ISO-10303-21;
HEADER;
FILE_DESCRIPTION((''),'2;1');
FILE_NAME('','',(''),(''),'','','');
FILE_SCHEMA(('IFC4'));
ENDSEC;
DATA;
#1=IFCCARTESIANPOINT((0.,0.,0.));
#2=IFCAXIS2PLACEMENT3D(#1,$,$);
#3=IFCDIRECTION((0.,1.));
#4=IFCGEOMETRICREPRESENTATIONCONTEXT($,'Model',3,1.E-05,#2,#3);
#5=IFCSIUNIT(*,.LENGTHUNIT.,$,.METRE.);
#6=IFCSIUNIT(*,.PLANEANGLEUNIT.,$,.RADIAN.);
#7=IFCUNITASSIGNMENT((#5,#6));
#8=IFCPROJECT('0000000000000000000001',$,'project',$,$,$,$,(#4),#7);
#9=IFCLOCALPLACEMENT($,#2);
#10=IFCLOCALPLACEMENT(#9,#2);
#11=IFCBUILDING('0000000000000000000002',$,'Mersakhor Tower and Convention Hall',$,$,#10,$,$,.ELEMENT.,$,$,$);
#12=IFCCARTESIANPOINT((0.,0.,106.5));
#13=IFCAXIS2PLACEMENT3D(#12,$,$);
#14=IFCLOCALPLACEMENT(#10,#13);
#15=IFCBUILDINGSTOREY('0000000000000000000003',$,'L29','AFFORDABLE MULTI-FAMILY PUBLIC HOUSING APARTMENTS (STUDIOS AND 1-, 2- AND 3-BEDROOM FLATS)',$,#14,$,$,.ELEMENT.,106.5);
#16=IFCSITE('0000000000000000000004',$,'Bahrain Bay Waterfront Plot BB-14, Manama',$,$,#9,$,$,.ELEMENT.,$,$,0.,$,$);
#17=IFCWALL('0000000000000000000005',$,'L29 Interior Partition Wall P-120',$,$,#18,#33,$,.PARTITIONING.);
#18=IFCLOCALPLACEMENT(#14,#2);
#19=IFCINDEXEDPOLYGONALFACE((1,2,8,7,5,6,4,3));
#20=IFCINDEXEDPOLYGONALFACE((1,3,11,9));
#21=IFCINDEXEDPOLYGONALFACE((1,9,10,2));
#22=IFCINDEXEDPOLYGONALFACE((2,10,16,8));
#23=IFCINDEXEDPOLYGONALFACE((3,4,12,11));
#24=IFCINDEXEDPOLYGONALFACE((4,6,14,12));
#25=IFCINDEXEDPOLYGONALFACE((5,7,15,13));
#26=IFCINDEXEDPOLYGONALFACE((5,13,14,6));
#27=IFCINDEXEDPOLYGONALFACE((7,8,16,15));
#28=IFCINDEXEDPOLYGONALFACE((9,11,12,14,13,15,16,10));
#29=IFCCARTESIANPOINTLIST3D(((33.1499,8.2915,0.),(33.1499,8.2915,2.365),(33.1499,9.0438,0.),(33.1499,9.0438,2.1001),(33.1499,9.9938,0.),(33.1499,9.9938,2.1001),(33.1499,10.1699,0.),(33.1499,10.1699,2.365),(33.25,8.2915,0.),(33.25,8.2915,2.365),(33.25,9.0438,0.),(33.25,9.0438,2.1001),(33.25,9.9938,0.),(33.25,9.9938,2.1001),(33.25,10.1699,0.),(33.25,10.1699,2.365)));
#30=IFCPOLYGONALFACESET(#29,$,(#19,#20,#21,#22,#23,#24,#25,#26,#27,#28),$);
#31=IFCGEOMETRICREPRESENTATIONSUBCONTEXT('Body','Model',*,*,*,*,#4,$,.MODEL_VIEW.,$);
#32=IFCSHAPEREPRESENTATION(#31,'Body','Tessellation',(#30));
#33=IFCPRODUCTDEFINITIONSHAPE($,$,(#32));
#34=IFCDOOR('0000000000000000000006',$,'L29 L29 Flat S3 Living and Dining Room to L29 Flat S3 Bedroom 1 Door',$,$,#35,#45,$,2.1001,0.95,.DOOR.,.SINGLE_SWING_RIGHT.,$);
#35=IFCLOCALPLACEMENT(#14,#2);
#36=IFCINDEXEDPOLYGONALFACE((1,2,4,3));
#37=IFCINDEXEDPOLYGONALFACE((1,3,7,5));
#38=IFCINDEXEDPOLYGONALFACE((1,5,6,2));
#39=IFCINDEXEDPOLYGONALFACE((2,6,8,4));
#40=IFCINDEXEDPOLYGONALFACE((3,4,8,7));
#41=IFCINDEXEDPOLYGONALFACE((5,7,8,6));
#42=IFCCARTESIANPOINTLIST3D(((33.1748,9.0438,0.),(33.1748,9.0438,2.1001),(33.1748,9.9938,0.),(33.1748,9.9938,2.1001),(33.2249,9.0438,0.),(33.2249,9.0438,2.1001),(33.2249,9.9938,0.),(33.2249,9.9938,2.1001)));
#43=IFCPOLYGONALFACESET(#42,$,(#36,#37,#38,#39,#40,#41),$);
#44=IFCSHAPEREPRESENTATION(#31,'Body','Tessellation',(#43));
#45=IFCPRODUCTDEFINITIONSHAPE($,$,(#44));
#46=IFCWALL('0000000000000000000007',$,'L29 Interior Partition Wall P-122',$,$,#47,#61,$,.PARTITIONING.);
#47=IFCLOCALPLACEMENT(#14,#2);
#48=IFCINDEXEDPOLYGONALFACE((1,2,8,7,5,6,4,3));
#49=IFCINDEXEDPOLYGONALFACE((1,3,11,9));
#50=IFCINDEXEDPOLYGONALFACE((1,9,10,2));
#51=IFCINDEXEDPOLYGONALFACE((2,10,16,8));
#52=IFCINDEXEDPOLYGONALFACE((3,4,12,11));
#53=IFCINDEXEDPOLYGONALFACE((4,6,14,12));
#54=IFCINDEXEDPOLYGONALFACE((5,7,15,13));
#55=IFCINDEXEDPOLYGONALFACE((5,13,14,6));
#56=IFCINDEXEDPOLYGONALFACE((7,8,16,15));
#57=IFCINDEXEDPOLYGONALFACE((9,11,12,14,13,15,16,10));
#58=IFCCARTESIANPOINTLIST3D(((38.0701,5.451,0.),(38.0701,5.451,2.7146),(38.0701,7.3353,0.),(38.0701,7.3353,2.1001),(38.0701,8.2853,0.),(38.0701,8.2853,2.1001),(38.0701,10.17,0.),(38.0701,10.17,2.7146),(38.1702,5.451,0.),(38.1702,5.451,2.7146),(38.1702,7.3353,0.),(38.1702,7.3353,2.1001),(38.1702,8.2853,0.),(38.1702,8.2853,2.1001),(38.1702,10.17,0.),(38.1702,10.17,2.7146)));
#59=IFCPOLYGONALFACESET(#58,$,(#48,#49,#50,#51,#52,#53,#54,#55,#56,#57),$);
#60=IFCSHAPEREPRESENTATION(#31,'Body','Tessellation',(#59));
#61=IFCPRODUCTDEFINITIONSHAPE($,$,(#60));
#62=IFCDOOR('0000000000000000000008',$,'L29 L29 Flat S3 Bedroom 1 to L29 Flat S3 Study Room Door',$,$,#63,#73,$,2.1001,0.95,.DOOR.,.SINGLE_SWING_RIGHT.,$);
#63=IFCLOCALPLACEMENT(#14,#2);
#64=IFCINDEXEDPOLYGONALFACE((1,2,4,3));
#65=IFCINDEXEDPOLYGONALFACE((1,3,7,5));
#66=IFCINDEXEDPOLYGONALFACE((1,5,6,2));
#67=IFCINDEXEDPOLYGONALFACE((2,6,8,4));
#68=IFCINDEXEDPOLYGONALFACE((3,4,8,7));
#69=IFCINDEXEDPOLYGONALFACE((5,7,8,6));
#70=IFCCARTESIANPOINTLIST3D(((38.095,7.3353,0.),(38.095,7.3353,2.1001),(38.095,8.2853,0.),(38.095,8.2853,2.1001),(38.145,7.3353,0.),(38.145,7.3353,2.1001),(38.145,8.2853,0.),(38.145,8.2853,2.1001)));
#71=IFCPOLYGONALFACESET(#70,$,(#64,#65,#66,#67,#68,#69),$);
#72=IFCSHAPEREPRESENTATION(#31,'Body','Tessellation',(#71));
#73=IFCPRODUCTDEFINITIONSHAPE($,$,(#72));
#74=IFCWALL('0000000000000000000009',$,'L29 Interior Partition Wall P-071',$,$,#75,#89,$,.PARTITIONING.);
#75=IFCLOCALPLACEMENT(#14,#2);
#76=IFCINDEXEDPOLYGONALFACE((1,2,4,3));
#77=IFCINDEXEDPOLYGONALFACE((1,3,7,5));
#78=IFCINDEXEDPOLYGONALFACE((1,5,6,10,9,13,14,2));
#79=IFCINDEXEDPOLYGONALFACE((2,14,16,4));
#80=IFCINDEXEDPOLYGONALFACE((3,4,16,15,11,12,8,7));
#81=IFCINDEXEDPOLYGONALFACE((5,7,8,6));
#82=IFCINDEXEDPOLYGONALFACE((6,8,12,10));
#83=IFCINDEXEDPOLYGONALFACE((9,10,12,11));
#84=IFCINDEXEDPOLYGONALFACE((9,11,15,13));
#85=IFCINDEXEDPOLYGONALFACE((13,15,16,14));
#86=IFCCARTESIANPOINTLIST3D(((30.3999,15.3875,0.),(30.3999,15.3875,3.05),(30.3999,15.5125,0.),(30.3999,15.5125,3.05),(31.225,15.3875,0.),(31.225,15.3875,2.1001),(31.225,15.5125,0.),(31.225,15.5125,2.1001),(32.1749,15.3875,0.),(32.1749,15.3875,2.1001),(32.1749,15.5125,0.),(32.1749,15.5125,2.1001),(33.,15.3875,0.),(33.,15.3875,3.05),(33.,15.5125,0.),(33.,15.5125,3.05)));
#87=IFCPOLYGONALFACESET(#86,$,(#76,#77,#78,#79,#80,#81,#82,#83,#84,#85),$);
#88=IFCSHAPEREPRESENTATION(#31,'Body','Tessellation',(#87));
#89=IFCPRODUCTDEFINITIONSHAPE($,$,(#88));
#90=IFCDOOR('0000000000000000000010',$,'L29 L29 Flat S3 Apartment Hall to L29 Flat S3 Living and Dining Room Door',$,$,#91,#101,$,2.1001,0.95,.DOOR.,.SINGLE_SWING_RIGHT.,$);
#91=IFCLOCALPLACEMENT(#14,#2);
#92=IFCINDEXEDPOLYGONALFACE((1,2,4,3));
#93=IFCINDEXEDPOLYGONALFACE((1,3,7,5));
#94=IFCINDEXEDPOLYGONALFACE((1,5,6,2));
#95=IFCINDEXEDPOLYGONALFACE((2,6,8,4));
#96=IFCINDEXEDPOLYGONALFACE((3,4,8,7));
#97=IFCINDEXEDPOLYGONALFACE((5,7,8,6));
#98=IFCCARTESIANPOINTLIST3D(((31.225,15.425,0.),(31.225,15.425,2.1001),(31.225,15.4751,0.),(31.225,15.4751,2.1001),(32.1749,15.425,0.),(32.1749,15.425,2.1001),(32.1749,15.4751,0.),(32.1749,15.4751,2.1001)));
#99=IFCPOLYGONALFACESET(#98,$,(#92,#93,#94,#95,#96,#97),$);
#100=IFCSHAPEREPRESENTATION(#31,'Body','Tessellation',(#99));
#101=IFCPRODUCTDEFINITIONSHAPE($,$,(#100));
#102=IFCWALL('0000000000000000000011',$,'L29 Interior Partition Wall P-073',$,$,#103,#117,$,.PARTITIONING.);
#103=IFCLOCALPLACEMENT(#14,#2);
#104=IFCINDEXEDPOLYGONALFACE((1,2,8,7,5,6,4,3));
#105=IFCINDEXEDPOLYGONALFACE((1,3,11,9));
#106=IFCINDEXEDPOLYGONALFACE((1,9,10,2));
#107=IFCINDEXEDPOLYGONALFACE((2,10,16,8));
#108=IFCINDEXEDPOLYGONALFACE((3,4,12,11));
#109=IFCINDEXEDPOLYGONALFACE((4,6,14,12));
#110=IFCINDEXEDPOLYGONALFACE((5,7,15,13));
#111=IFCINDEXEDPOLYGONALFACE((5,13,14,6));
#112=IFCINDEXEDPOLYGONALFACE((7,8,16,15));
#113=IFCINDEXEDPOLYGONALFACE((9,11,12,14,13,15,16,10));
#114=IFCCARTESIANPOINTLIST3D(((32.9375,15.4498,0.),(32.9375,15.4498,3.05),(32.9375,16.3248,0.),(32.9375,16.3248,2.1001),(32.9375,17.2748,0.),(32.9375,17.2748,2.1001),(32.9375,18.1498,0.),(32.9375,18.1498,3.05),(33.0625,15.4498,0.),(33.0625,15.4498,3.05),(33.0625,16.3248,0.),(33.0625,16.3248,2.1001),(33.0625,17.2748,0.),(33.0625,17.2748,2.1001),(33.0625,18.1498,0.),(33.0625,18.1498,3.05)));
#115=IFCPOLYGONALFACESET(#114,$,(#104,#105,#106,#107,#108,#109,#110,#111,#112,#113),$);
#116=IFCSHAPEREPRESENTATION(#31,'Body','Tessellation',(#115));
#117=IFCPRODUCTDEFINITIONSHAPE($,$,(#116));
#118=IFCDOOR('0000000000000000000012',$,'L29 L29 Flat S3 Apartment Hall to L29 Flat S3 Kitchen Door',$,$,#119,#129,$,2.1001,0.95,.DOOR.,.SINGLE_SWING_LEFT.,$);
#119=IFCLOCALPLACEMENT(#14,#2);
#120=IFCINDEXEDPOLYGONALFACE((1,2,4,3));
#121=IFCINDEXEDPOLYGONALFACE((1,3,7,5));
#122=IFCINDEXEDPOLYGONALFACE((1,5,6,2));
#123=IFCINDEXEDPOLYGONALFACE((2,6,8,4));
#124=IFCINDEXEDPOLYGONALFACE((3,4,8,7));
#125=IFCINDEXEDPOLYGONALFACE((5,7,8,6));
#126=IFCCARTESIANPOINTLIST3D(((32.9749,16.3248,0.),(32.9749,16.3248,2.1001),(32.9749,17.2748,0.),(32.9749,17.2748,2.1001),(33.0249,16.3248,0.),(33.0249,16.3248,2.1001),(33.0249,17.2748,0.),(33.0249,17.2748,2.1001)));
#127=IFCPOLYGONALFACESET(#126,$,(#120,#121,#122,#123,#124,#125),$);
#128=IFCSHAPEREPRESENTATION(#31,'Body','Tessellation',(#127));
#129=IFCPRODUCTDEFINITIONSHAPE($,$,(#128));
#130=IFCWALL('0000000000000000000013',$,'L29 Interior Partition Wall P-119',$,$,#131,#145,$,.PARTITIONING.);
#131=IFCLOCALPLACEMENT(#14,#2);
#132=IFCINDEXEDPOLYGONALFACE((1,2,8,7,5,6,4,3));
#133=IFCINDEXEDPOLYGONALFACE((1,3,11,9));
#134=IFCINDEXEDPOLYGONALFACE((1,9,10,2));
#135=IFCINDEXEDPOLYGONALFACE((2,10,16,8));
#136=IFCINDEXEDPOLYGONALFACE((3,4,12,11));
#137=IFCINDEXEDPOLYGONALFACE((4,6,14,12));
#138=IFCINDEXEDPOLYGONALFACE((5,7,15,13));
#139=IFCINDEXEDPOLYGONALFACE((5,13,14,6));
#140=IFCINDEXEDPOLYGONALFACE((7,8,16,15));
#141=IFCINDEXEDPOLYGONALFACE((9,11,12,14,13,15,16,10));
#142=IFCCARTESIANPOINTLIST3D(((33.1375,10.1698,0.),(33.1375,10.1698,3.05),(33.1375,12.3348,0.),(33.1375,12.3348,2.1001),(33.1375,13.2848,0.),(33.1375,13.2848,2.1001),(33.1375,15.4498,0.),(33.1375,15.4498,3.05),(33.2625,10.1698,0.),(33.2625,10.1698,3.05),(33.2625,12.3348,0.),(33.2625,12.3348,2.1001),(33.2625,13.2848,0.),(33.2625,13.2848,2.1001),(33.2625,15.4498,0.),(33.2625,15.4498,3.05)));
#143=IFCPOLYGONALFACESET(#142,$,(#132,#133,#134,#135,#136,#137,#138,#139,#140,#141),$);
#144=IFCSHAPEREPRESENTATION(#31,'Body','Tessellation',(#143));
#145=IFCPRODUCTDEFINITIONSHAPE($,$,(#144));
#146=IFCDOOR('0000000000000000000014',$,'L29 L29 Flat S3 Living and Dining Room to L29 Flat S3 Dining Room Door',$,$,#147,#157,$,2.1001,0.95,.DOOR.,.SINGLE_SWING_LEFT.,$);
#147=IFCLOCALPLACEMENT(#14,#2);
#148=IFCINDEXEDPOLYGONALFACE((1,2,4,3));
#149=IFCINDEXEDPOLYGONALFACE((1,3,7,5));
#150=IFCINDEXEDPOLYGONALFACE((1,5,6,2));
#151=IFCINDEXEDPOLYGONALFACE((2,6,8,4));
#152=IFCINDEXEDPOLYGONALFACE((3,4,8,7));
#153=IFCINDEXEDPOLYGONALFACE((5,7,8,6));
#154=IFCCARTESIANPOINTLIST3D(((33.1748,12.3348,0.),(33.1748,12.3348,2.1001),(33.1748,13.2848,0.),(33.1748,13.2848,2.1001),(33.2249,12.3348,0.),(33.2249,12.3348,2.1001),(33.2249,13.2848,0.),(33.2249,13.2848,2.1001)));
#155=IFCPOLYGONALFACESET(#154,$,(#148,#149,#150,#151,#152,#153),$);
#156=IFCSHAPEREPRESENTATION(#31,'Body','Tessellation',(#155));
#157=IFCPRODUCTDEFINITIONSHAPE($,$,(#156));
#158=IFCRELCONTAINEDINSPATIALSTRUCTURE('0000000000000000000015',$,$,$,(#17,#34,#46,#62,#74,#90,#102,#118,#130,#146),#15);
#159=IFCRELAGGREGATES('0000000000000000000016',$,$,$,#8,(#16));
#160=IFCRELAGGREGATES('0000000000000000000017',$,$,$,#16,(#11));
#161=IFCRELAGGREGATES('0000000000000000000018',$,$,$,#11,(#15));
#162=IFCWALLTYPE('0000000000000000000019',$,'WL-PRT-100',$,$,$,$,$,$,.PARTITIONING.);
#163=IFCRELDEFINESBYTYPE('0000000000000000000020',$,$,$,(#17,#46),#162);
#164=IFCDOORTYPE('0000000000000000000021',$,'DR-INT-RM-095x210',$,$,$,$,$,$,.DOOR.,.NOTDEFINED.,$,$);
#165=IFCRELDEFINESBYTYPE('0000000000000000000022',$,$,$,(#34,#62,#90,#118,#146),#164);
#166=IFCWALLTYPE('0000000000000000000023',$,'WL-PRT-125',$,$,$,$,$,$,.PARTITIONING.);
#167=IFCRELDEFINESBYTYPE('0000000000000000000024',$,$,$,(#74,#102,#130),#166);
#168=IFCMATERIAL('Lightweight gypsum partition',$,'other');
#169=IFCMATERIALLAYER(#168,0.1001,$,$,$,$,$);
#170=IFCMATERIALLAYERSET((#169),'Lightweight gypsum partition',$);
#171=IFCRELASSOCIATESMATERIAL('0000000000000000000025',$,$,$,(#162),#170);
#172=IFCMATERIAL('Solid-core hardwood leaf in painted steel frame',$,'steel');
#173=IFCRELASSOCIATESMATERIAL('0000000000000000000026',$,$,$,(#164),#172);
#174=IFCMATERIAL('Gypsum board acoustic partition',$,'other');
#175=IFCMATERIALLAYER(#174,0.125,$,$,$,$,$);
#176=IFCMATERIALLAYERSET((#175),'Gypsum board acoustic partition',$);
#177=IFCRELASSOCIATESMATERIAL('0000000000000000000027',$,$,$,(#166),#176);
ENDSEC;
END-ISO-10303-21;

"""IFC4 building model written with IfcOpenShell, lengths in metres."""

from ifc_helpers import new_model, si_unit, direction, frame, frame_2d, origin, place, context, subcontext, project, spatial, rectangle, extrude, material, layer, layer_set, type_object, element, fill, save


model = new_model("IFC4")

# Units and contexts
model_context = context("Model", 3, precision=1e-05, world=origin(), true_north=direction((0.0, 1.0)))
body_context = subcontext(model_context, "Body", "Model", "MODEL_VIEW")
ifc_project = project(units=[si_unit("LENGTHUNIT", "METRE"), si_unit("PLANEANGLEUNIT", "RADIAN")], contexts=[model_context])

# Site, building, storey
site_placement = place(None, origin())
site = spatial("IfcSite", under=ifc_project, at=site_placement, Name="Bahrain Bay Waterfront Plot BB-14, Manama", CompositionType="ELEMENT", RefElevation=0.0)
building_placement = place(site_placement, origin())
building = spatial("IfcBuilding", under=site, at=building_placement, Name="Mersakhor Tower and Convention Hall", CompositionType="ELEMENT")
storey_placement = place(building_placement, frame((0.0, 0.0, 106.5)))
storey = spatial("IfcBuildingStorey", under=building, at=storey_placement, Name="L29", Description="AFFORDABLE MULTI-FAMILY PUBLIC HOUSING APARTMENTS (STUDIOS AND 1-, 2- AND 3-BEDROOM FLATS)", CompositionType="ELEMENT", Elevation=106.5)

# Shared definitions
ifc_material_1 = material(Name="Lightweight gypsum partition", Category="other")
ifc_layer_1 = layer(ifc_material_1, 0.1001)
ifc_layer_set_1 = layer_set([ifc_layer_1], Name="Lightweight gypsum partition")
wall_type_1 = type_object("IfcWallType", Name="WL-PRT-100", PredefinedType="PARTITIONING", material=ifc_layer_set_1)

# Walls, openings, doors
wall_1_placement = place(storey_placement, frame((33.2, 10.1699, 0.0), z_axis=(0.0, 0.0, 1.0), x_axis=(0.0, -1.0, 0.0)))
wall_1 = element("IfcWall", 1, at=wall_1_placement, inside=storey, type_object=wall_type_1, Name="L29 Interior Partition Wall P-120", PredefinedType="PARTITIONING", context=body_context, shape_type="SweptSolid", body=[
    extrude(rectangle(XDim=1.8784, YDim=0.1001, at=frame_2d((0.9392, 0.0))), origin(), (0.0, 0.0, 1.0), 2.365),
])
opening_1_placement = place(wall_1_placement, frame((0.176, 0.0, 0.0)))
opening_1 = element("IfcOpeningElement", 2, at=opening_1_placement, cuts=wall_1, PredefinedType="OPENING", context=body_context, shape_type="SweptSolid", body=[
    extrude(rectangle(XDim=0.95, YDim=2.1001, at=frame_2d((0.4751, 1.05))), frame((0.0, 0.0601, 0.0), z_axis=(0.0, -1.0, 0.0), x_axis=(1.0, 0.0, 0.0)), (0.0, 0.0, 1.0), 0.1201),
])
ifc_material_2 = material(Name="Solid-core hardwood leaf in painted steel frame", Category="steel")
door_type_1 = type_object("IfcDoorType", Name="DR-INT-RM-095x210", OperationType="NOTDEFINED", PredefinedType="DOOR", material=ifc_material_2)
door_1_placement = place(opening_1_placement, origin())
door_1 = element("IfcDoor", 3, at=door_1_placement, inside=storey, type_object=door_type_1, Name="L29 L29 Flat S3 Living and Dining Room to L29 Flat S3 Bedroom 1 Door", OperationType="SINGLE_SWING_RIGHT", OverallHeight=2.1001, OverallWidth=0.95, PredefinedType="DOOR", context=body_context, shape_type="SweptSolid", body=[
    extrude(rectangle(XDim=0.95, YDim=2.1001, at=frame_2d((0.4751, 1.05))), frame((0.0, 0.0249, 0.0), z_axis=(0.0, -1.0, 0.0), x_axis=(1.0, 0.0, 0.0)), (0.0, 0.0, 1.0), 0.05),
])
fill(opening_1, door_1)
wall_2_placement = place(storey_placement, frame((38.1201, 10.1699, 0.0), z_axis=(0.0, 0.0, 1.0), x_axis=(0.0, -1.0, 0.0)))
wall_2 = element("IfcWall", 4, at=wall_2_placement, inside=storey, type_object=wall_type_1, Name="L29 Interior Partition Wall P-122", PredefinedType="PARTITIONING", context=body_context, shape_type="SweptSolid", body=[
    extrude(rectangle(XDim=4.719, YDim=0.1001, at=frame_2d((2.3594, 0.0))), origin(), (0.0, 0.0, 1.0), 2.7146),
])
opening_2_placement = place(wall_2_placement, frame((1.8845, 0.0, 0.0)))
opening_2 = element("IfcOpeningElement", 5, at=opening_2_placement, cuts=wall_2, PredefinedType="OPENING", context=body_context, shape_type="SweptSolid", body=[
    extrude(rectangle(XDim=0.95, YDim=2.1001, at=frame_2d((0.4751, 1.05))), frame((0.0, 0.0601, 0.0), z_axis=(0.0, -1.0, 0.0), x_axis=(1.0, 0.0, 0.0)), (0.0, 0.0, 1.0), 0.1201),
])
door_2_placement = place(opening_2_placement, origin())
door_2 = element("IfcDoor", 6, at=door_2_placement, inside=storey, type_object=door_type_1, Name="L29 L29 Flat S3 Bedroom 1 to L29 Flat S3 Study Room Door", OperationType="SINGLE_SWING_RIGHT", OverallHeight=2.1001, OverallWidth=0.95, PredefinedType="DOOR", context=body_context, shape_type="SweptSolid", body=[
    extrude(rectangle(XDim=0.95, YDim=2.1001, at=frame_2d((0.4751, 1.05))), frame((0.0, 0.0249, 0.0), z_axis=(0.0, -1.0, 0.0), x_axis=(1.0, 0.0, 0.0)), (0.0, 0.0, 1.0), 0.05),
])
fill(opening_2, door_2)
ifc_material_3 = material(Name="Gypsum board acoustic partition", Category="other")
ifc_layer_2 = layer(ifc_material_3, 0.125)
ifc_layer_set_2 = layer_set([ifc_layer_2], Name="Gypsum board acoustic partition")
wall_type_2 = type_object("IfcWallType", Name="WL-PRT-125", PredefinedType="PARTITIONING", material=ifc_layer_set_2)
wall_3_placement = place(storey_placement, frame((33.0, 15.45, 0.0), z_axis=(0.0, 0.0, 1.0), x_axis=(-1.0, 0.0, 0.0)))
wall_3 = element("IfcWall", 7, at=wall_3_placement, inside=storey, type_object=wall_type_2, Name="L29 Interior Partition Wall P-071", PredefinedType="PARTITIONING", context=body_context, shape_type="SweptSolid", body=[
    extrude(rectangle(XDim=2.6001, YDim=0.125, at=frame_2d((1.3, 0.0))), origin(), (0.0, 0.0, 1.0), 3.05),
])
opening_3_placement = place(wall_3_placement, frame((0.825, 0.0, 0.0)))
opening_3 = element("IfcOpeningElement", 8, at=opening_3_placement, cuts=wall_3, PredefinedType="OPENING", context=body_context, shape_type="SweptSolid", body=[
    extrude(rectangle(XDim=0.95, YDim=2.1001, at=frame_2d((0.4751, 1.05))), frame((0.0, 0.0725, 0.0), z_axis=(0.0, -1.0, 0.0), x_axis=(1.0, 0.0, 0.0)), (0.0, 0.0, 1.0), 0.145),
])
door_3_placement = place(opening_3_placement, origin())
door_3 = element("IfcDoor", 9, at=door_3_placement, inside=storey, type_object=door_type_1, Name="L29 L29 Flat S3 Apartment Hall to L29 Flat S3 Living and Dining Room Door", OperationType="SINGLE_SWING_RIGHT", OverallHeight=2.1001, OverallWidth=0.95, PredefinedType="DOOR", context=body_context, shape_type="SweptSolid", body=[
    extrude(rectangle(XDim=0.95, YDim=2.1001, at=frame_2d((0.4751, 1.05))), frame((0.0, 0.0249, 0.0), z_axis=(0.0, -1.0, 0.0), x_axis=(1.0, 0.0, 0.0)), (0.0, 0.0, 1.0), 0.05),
])
fill(opening_3, door_3)
wall_4_placement = place(storey_placement, frame((33.0, 18.1499, 0.0), z_axis=(0.0, 0.0, 1.0), x_axis=(0.0, -1.0, 0.0)))
wall_4 = element("IfcWall", 10, at=wall_4_placement, inside=storey, type_object=wall_type_2, Name="L29 Interior Partition Wall P-073", PredefinedType="PARTITIONING", context=body_context, shape_type="SweptSolid", body=[
    extrude(rectangle(XDim=2.7, YDim=0.125, at=frame_2d((1.3501, 0.0))), origin(), (0.0, 0.0, 1.0), 3.05),
])
opening_4_placement = place(wall_4_placement, frame((0.875, 0.0, 0.0)))
opening_4 = element("IfcOpeningElement", 11, at=opening_4_placement, cuts=wall_4, PredefinedType="OPENING", context=body_context, shape_type="SweptSolid", body=[
    extrude(rectangle(XDim=0.95, YDim=2.1001, at=frame_2d((0.4751, 1.05))), frame((0.0, 0.0725, 0.0), z_axis=(0.0, -1.0, 0.0), x_axis=(1.0, 0.0, 0.0)), (0.0, 0.0, 1.0), 0.145),
])
door_4_placement = place(opening_4_placement, origin())
door_4 = element("IfcDoor", 12, at=door_4_placement, inside=storey, type_object=door_type_1, Name="L29 L29 Flat S3 Apartment Hall to L29 Flat S3 Kitchen Door", OperationType="SINGLE_SWING_LEFT", OverallHeight=2.1001, OverallWidth=0.95, PredefinedType="DOOR", context=body_context, shape_type="SweptSolid", body=[
    extrude(rectangle(XDim=0.95, YDim=2.1001, at=frame_2d((0.4751, 1.05))), frame((0.0, 0.0249, 0.0), z_axis=(0.0, -1.0, 0.0), x_axis=(1.0, 0.0, 0.0)), (0.0, 0.0, 1.0), 0.05),
])
fill(opening_4, door_4)
wall_5_placement = place(storey_placement, frame((33.2, 15.45, 0.0), z_axis=(0.0, 0.0, 1.0), x_axis=(0.0, -1.0, 0.0)))
wall_5 = element("IfcWall", 13, at=wall_5_placement, inside=storey, type_object=wall_type_2, Name="L29 Interior Partition Wall P-119", PredefinedType="PARTITIONING", context=body_context, shape_type="SweptSolid", body=[
    extrude(rectangle(XDim=5.28, YDim=0.125, at=frame_2d((2.6401, 0.0))), origin(), (0.0, 0.0, 1.0), 3.05),
])
opening_5_placement = place(wall_5_placement, frame((2.165, 0.0, 0.0)))
opening_5 = element("IfcOpeningElement", 14, at=opening_5_placement, cuts=wall_5, PredefinedType="OPENING", context=body_context, shape_type="SweptSolid", body=[
    extrude(rectangle(XDim=0.95, YDim=2.1001, at=frame_2d((0.4751, 1.05))), frame((0.0, 0.0725, 0.0), z_axis=(0.0, -1.0, 0.0), x_axis=(1.0, 0.0, 0.0)), (0.0, 0.0, 1.0), 0.145),
])
door_5_placement = place(opening_5_placement, origin())
door_5 = element("IfcDoor", 15, at=door_5_placement, inside=storey, type_object=door_type_1, Name="L29 L29 Flat S3 Living and Dining Room to L29 Flat S3 Dining Room Door", OperationType="SINGLE_SWING_LEFT", OverallHeight=2.1001, OverallWidth=0.95, PredefinedType="DOOR", context=body_context, shape_type="SweptSolid", body=[
    extrude(rectangle(XDim=0.95, YDim=2.1001, at=frame_2d((0.4751, 1.05))), frame((0.0, 0.0249, 0.0), z_axis=(0.0, -1.0, 0.0), x_axis=(1.0, 0.0, 0.0)), (0.0, 0.0, 1.0), 0.05),
])
fill(opening_5, door_5)

save(model, "model.ifc")
